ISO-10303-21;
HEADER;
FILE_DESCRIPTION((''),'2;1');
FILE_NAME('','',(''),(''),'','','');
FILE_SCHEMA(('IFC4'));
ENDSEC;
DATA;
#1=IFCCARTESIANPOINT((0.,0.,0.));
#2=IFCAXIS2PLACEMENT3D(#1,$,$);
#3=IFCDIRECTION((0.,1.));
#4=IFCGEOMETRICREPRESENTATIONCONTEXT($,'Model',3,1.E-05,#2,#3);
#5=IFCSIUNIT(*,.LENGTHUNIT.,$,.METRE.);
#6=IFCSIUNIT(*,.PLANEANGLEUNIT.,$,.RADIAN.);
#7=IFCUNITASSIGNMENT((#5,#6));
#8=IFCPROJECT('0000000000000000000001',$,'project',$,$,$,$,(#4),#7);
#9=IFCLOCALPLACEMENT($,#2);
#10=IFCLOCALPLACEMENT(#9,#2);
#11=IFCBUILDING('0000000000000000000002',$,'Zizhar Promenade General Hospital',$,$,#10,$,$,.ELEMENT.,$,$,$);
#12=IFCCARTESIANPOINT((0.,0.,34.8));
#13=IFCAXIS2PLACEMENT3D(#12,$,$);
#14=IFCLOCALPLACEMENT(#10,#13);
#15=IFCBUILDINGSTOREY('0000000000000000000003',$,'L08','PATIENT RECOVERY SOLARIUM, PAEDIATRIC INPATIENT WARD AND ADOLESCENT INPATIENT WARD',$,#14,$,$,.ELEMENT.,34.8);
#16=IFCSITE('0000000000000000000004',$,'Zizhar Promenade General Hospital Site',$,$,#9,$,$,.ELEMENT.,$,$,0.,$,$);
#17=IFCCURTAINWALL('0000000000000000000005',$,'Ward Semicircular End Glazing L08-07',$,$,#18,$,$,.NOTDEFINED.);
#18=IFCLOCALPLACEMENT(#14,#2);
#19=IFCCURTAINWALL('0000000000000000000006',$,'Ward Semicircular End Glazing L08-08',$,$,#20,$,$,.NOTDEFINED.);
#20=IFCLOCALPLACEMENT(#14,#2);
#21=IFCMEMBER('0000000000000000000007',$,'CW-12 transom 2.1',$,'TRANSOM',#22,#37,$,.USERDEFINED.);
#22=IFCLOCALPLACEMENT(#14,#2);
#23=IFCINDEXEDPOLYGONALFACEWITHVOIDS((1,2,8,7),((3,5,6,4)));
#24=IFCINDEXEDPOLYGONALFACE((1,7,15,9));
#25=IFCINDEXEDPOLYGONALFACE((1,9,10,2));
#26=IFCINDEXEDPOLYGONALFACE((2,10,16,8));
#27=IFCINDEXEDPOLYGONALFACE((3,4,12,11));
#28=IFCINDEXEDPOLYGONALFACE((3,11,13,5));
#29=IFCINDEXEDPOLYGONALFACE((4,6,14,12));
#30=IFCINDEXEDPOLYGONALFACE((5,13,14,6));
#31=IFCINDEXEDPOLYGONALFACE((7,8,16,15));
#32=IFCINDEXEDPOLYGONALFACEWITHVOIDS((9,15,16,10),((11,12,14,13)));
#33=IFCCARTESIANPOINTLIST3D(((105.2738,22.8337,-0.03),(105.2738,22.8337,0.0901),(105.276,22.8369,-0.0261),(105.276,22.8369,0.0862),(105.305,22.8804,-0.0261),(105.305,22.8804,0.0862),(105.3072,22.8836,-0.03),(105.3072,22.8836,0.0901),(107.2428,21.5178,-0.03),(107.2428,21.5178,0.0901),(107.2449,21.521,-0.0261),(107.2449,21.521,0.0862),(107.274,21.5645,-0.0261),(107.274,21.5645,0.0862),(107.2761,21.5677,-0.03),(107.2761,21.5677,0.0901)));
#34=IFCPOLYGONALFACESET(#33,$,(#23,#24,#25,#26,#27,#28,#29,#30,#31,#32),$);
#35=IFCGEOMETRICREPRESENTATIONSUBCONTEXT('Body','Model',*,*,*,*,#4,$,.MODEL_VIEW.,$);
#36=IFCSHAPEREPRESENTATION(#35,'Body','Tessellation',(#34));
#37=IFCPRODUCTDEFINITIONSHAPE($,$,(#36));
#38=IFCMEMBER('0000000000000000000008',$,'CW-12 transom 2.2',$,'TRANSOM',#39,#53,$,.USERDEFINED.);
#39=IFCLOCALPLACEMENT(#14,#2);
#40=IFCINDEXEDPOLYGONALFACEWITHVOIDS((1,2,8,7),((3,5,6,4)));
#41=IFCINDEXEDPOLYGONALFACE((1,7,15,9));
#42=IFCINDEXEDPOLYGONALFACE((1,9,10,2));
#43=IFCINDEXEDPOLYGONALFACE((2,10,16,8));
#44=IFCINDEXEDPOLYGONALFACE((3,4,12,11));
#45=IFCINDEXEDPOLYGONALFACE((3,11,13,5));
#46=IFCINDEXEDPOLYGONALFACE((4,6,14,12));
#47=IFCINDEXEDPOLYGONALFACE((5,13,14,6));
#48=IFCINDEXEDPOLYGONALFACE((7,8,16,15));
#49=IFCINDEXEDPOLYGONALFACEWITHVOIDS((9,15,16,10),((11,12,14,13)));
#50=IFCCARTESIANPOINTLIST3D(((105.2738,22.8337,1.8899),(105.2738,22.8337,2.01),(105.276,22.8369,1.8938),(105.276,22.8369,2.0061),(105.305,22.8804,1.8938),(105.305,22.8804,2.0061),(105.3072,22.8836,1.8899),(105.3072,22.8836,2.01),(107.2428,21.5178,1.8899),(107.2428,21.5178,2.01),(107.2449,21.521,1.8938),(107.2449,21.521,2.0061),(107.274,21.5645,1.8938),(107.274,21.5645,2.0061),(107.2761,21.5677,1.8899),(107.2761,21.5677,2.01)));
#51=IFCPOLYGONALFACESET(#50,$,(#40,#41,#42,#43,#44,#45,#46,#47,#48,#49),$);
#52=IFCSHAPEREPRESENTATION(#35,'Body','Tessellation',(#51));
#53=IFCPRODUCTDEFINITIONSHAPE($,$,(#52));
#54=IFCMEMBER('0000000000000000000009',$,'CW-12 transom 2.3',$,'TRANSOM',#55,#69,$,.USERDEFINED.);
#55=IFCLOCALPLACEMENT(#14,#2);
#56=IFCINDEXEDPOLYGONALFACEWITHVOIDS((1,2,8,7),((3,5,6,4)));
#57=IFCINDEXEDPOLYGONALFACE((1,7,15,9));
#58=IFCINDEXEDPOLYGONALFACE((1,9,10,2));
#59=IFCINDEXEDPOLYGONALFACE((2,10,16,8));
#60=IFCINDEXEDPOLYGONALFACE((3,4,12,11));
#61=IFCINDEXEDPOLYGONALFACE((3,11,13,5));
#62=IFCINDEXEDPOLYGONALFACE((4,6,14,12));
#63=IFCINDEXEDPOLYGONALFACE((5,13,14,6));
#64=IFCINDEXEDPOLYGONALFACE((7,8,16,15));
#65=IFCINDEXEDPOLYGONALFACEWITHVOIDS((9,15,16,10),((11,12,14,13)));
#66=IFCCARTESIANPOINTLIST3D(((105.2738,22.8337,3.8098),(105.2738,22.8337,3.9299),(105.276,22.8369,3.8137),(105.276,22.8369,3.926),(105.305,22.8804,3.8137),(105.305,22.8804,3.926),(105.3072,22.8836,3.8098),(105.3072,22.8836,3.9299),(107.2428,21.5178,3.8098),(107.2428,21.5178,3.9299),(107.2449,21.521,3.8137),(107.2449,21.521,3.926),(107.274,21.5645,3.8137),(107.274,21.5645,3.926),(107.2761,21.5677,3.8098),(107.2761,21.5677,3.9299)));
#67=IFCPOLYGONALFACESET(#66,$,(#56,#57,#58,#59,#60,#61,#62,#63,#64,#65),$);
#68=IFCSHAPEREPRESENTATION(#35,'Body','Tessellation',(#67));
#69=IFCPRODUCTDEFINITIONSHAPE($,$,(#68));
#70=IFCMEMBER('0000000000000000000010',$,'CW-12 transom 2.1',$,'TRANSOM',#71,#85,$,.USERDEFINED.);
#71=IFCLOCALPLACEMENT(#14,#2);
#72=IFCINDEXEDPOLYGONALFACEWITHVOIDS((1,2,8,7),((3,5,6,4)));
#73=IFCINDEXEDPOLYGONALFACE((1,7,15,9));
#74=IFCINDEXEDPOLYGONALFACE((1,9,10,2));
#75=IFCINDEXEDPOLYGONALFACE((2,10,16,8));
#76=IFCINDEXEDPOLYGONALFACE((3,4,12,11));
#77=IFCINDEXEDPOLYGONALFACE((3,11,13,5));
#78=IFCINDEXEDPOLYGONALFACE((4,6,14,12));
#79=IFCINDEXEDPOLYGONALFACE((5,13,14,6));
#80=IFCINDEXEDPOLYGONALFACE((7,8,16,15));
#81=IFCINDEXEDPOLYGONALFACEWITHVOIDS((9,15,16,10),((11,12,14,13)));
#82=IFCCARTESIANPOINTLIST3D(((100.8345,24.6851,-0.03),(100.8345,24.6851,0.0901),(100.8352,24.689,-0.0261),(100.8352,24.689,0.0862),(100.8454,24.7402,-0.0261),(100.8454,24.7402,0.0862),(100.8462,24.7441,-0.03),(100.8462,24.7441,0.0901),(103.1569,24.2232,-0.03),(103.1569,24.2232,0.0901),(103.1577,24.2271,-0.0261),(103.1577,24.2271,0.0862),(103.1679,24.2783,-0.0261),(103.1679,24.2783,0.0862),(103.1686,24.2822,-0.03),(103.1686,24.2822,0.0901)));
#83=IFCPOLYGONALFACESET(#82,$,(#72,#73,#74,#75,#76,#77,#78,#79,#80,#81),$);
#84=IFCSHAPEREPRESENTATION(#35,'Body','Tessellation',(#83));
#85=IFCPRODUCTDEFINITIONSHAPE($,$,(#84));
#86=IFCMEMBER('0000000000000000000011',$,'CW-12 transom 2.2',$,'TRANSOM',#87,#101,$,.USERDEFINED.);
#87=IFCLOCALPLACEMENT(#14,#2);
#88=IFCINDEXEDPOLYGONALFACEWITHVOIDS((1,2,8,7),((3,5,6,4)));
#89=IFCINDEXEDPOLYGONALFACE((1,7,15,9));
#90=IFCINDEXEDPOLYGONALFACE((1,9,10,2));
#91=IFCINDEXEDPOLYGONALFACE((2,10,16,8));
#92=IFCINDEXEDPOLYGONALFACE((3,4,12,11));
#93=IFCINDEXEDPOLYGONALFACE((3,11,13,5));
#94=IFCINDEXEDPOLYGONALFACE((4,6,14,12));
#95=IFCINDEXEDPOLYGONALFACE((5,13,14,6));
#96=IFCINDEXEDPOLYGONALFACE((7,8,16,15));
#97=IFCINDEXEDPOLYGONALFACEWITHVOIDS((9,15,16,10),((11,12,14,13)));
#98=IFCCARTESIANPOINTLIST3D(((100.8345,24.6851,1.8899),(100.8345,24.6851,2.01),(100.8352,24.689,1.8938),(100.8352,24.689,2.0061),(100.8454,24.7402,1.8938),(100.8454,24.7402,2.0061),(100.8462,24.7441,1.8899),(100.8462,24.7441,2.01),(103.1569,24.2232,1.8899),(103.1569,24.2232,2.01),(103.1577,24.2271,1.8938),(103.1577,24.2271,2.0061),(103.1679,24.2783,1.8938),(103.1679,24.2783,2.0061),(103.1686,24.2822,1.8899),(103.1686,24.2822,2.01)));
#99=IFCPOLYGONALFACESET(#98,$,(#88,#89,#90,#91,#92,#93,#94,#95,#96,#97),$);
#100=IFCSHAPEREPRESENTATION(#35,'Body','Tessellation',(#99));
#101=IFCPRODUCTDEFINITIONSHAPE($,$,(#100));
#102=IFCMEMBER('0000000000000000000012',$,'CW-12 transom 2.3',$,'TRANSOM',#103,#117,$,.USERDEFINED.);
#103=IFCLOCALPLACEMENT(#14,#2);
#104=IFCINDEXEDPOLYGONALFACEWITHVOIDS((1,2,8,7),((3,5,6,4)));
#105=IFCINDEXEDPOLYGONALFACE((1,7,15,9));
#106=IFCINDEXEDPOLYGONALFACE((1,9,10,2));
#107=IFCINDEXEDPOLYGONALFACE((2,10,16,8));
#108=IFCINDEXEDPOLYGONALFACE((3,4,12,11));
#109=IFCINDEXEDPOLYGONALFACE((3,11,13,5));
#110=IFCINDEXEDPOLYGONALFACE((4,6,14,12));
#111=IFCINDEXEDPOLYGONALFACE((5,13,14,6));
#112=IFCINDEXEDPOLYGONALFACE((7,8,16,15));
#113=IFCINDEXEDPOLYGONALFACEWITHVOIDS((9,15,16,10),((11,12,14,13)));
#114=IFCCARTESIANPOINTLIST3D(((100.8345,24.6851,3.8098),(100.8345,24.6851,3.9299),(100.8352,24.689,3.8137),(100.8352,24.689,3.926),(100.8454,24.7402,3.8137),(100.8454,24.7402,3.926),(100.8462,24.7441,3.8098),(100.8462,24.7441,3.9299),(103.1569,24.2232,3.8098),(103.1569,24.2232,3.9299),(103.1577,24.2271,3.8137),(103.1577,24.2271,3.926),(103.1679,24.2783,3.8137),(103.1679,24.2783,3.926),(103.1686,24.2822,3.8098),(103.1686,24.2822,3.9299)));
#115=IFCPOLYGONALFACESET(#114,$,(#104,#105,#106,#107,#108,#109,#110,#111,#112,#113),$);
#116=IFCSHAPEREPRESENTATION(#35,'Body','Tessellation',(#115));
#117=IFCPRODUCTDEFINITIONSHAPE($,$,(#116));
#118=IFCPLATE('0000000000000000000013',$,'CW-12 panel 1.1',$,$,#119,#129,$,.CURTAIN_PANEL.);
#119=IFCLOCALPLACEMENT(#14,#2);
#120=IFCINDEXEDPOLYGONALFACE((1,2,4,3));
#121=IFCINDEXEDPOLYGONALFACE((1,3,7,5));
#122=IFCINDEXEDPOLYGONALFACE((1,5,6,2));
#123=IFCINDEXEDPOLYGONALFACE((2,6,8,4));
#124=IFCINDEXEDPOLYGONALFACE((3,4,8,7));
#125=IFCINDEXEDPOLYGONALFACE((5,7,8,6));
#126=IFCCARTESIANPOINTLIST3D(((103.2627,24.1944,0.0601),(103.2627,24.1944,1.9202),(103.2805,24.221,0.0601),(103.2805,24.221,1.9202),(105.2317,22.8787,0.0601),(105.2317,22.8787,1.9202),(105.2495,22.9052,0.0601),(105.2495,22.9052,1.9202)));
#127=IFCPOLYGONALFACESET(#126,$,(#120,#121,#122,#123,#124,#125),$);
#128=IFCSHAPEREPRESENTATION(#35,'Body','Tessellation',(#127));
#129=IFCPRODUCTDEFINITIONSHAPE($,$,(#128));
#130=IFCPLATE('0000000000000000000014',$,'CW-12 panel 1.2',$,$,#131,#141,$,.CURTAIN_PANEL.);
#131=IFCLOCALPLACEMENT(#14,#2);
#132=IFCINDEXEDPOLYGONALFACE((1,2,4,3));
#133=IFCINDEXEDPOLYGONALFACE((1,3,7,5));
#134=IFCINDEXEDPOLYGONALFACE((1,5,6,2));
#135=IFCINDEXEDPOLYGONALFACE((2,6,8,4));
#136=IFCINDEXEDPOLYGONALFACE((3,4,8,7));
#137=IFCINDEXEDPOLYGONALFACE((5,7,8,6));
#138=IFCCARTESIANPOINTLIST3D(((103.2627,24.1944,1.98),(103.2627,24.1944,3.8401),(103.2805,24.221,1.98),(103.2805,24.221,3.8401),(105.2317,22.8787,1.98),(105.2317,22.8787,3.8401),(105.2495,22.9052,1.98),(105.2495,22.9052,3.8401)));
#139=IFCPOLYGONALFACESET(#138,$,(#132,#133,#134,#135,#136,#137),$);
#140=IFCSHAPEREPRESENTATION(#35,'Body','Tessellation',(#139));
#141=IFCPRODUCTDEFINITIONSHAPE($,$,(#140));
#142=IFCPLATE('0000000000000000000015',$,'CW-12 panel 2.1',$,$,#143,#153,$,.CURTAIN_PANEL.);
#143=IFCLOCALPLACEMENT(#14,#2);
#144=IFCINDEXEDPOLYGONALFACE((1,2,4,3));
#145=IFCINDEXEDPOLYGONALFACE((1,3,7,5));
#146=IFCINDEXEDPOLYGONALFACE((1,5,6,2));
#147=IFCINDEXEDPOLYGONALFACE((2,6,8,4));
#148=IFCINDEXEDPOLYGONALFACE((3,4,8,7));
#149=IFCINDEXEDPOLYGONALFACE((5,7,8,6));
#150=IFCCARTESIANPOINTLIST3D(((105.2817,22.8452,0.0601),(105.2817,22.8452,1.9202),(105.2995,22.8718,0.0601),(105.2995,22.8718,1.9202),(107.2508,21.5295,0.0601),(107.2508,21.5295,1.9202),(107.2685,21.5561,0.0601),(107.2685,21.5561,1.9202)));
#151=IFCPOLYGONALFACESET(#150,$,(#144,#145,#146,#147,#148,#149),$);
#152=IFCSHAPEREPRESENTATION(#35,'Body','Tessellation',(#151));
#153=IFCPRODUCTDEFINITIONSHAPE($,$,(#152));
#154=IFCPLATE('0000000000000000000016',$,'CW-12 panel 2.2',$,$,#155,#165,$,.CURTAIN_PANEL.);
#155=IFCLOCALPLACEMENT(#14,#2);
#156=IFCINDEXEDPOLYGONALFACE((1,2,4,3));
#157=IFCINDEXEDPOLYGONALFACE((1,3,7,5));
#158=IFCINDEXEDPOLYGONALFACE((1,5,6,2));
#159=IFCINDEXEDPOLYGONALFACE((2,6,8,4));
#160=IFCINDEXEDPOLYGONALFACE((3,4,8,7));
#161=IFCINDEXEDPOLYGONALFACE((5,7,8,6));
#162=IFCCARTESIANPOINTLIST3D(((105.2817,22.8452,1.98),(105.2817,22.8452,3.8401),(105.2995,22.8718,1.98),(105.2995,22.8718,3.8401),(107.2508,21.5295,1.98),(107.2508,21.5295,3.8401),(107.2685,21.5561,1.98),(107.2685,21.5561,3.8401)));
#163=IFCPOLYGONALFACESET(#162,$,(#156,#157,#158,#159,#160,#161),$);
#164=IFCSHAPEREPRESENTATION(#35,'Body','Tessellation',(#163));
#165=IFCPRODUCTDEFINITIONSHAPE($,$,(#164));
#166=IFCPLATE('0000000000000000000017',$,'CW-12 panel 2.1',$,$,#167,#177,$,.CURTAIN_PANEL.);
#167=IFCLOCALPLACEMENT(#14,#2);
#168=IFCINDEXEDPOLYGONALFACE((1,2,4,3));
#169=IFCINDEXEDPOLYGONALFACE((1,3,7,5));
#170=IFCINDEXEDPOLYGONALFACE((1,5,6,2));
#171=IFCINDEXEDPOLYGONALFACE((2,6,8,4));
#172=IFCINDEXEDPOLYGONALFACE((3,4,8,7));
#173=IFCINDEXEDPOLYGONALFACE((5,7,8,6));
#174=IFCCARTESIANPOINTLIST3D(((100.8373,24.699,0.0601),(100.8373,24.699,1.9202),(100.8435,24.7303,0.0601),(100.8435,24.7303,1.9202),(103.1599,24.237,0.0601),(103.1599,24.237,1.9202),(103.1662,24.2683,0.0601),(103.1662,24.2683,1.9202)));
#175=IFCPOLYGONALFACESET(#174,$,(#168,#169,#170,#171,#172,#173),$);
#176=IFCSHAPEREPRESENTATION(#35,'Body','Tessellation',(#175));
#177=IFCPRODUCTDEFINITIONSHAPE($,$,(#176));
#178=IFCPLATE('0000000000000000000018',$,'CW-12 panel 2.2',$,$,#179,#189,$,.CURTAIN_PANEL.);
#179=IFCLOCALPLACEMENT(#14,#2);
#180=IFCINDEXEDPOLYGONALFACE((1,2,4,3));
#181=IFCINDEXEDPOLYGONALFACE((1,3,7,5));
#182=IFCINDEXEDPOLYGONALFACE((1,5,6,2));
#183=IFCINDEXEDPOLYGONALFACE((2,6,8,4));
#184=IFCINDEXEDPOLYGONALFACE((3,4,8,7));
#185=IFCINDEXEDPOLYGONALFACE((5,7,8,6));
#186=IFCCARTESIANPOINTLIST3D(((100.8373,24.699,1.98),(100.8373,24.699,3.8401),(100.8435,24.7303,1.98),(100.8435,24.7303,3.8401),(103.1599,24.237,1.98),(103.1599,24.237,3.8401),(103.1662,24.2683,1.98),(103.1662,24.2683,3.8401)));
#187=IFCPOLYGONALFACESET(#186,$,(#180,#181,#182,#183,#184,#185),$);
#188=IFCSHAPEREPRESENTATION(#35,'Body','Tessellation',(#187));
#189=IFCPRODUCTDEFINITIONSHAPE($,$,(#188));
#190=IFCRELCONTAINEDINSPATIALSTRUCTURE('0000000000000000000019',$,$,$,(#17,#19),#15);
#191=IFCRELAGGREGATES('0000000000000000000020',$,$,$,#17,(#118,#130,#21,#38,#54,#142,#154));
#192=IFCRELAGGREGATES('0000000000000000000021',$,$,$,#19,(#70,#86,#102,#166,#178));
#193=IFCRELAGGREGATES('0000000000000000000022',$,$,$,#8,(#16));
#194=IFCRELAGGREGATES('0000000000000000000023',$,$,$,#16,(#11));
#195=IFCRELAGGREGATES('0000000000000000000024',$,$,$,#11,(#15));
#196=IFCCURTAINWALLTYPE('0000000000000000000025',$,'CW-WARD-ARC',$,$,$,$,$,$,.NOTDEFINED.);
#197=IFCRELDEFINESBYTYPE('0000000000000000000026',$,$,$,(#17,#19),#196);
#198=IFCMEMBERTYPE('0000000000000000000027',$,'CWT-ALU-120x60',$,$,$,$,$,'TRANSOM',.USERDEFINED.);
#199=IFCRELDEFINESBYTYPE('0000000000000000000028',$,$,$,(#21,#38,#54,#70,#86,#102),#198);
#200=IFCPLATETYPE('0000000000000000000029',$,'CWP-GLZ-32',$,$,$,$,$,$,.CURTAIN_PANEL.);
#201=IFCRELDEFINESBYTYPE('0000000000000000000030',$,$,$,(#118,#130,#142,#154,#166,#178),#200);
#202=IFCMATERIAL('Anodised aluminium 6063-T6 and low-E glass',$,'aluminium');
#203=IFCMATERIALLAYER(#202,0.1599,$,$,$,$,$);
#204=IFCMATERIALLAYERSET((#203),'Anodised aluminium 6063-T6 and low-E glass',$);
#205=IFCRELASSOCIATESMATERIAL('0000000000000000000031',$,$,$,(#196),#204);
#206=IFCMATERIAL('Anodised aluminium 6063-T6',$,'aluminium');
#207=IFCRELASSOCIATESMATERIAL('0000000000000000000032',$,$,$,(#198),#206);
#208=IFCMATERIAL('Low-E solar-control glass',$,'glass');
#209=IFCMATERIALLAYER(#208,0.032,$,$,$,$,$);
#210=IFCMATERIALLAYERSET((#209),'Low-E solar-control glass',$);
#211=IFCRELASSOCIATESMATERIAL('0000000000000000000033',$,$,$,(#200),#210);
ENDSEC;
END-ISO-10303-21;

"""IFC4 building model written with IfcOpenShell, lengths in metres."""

from ifc_helpers import new_model, si_unit, direction, frame, origin, origin_2d, place, context, subcontext, project, spatial, rectangle, hollow_rectangle, extrude, material, layer, layer_set, material_profile, profile_set, type_object, element, aggregate, save


model = new_model("IFC4")

# Units and contexts
model_context = context("Model", 3, precision=1e-05, world=origin(), true_north=direction((0.0, 1.0)))
body_context = subcontext(model_context, "Body", "Model", "MODEL_VIEW")
ifc_project = project(units=[si_unit("LENGTHUNIT", "METRE"), si_unit("PLANEANGLEUNIT", "RADIAN")], contexts=[model_context])

# Site, building, storey
site_placement = place(None, origin())
site = spatial("IfcSite", under=ifc_project, at=site_placement, Name="Zizhar Promenade General Hospital Site", CompositionType="ELEMENT", RefElevation=0.0)
building_placement = place(site_placement, origin())
building = spatial("IfcBuilding", under=site, at=building_placement, Name="Zizhar Promenade General Hospital", CompositionType="ELEMENT")
storey_placement = place(building_placement, frame((0.0, 0.0, 34.8)))
storey = spatial("IfcBuildingStorey", under=building, at=storey_placement, Name="L08", Description="PATIENT RECOVERY SOLARIUM, PAEDIATRIC INPATIENT WARD AND ADOLESCENT INPATIENT WARD", CompositionType="ELEMENT", Elevation=34.8)

# Shared definitions
ifc_material_1 = material(Name="Anodised aluminium 6063-T6 and low-E glass", Category="aluminium")
ifc_layer_1 = layer(ifc_material_1, 0.1599)
ifc_layer_set_1 = layer_set([ifc_layer_1], Name="Anodised aluminium 6063-T6 and low-E glass")
curtain_wall_type = type_object("IfcCurtainWallType", Name="CW-WARD-ARC", PredefinedType="NOTDEFINED", material=ifc_layer_set_1)

# Curtain walls
curtain_wall_1_placement = place(storey_placement, origin())
curtain_wall_1 = element("IfcCurtainWall", 1, at=curtain_wall_1_placement, inside=storey, type_object=curtain_wall_type, Name="Ward Semicircular End Glazing L08-07", PredefinedType="NOTDEFINED")
curtain_wall_2_placement = place(storey_placement, origin())
curtain_wall_2 = element("IfcCurtainWall", 2, at=curtain_wall_2_placement, inside=storey, type_object=curtain_wall_type, Name="Ward Semicircular End Glazing L08-08", PredefinedType="NOTDEFINED")

# Members
ifc_material_2 = material(Name="Anodised aluminium 6063-T6", Category="aluminium")
ifc_material_profile_1 = material_profile(ifc_material_2, hollow_rectangle(XDim=0.0601, YDim=0.1201, WallThickness=0.0039, at=origin_2d()))
ifc_profile_set_1 = profile_set([ifc_material_profile_1], Name="Anodised aluminium 6063-T6")
member_type_1 = type_object("IfcMemberType", Name="CWT-ALU-120x60", ElementType="TRANSOM", PredefinedType="USERDEFINED", material=ifc_profile_set_1)
member_1_placement = place(storey_placement, frame((105.2905, 22.8586, 0.03), z_axis=(0.831415, -0.555651, 0.0), x_axis=(0.555651, 0.831415, 0.0)))
member_1 = element("IfcMember", 3, at=member_1_placement, type_object=member_type_1, Name="CW-12 transom 2.1", ObjectType="TRANSOM", PredefinedType="USERDEFINED", context=body_context, shape_type="SweptSolid", body=[
    extrude(hollow_rectangle(XDim=0.0601, YDim=0.1201, WallThickness=0.0039, at=origin_2d()), origin(), (0.0, 0.0, 1.0), 2.3682),
])
member_2_placement = place(storey_placement, frame((105.2905, 22.8586, 1.95), z_axis=(0.831415, -0.555651, 0.0), x_axis=(0.555651, 0.831415, 0.0)))
member_2 = element("IfcMember", 4, at=member_2_placement, type_object=member_type_1, Name="CW-12 transom 2.2", ObjectType="TRANSOM", PredefinedType="USERDEFINED", context=body_context, shape_type="SweptSolid", body=[
    extrude(hollow_rectangle(XDim=0.0601, YDim=0.1201, WallThickness=0.0039, at=origin_2d()), origin(), (0.0, 0.0, 1.0), 2.3682),
])
member_3_placement = place(storey_placement, frame((105.2905, 22.8586, 3.8699), z_axis=(0.831415, -0.555651, 0.0), x_axis=(0.555651, 0.831415, 0.0)))
member_3 = element("IfcMember", 5, at=member_3_placement, type_object=member_type_1, Name="CW-12 transom 2.3", ObjectType="TRANSOM", PredefinedType="USERDEFINED", context=body_context, shape_type="SweptSolid", body=[
    extrude(hollow_rectangle(XDim=0.0601, YDim=0.1201, WallThickness=0.0039, at=origin_2d()), origin(), (0.0, 0.0, 1.0), 2.3682),
])
member_4_placement = place(storey_placement, frame((100.8403, 24.7146, 0.03), z_axis=(0.98079, -0.195065, 0.0), x_axis=(0.195065, 0.98079, 0.0)))
member_4 = element("IfcMember", 6, at=member_4_placement, type_object=member_type_1, Name="CW-12 transom 2.1", ObjectType="TRANSOM", PredefinedType="USERDEFINED", context=body_context, shape_type="SweptSolid", body=[
    extrude(hollow_rectangle(XDim=0.0601, YDim=0.1201, WallThickness=0.0039, at=origin_2d()), origin(), (0.0, 0.0, 1.0), 2.3679),
])
member_5_placement = place(storey_placement, frame((100.8403, 24.7146, 1.95), z_axis=(0.98079, -0.195065, 0.0), x_axis=(0.195065, 0.98079, 0.0)))
member_5 = element("IfcMember", 7, at=member_5_placement, type_object=member_type_1, Name="CW-12 transom 2.2", ObjectType="TRANSOM", PredefinedType="USERDEFINED", context=body_context, shape_type="SweptSolid", body=[
    extrude(hollow_rectangle(XDim=0.0601, YDim=0.1201, WallThickness=0.0039, at=origin_2d()), origin(), (0.0, 0.0, 1.0), 2.3679),
])
member_6_placement = place(storey_placement, frame((100.8403, 24.7146, 3.8699), z_axis=(0.98079, -0.195065, 0.0), x_axis=(0.195065, 0.98079, 0.0)))
member_6 = element("IfcMember", 8, at=member_6_placement, type_object=member_type_1, Name="CW-12 transom 2.3", ObjectType="TRANSOM", PredefinedType="USERDEFINED", context=body_context, shape_type="SweptSolid", body=[
    extrude(hollow_rectangle(XDim=0.0601, YDim=0.1201, WallThickness=0.0039, at=origin_2d()), origin(), (0.0, 0.0, 1.0), 2.3679),
])

# Plates
ifc_material_3 = material(Name="Low-E solar-control glass", Category="glass")
ifc_layer_2 = layer(ifc_material_3, 0.032)
ifc_layer_set_2 = layer_set([ifc_layer_2], Name="Low-E solar-control glass")
plate_type = type_object("IfcPlateType", Name="CWP-GLZ-32", PredefinedType="CURTAIN_PANEL", material=ifc_layer_set_2)
plate_1_placement = place(storey_placement, frame((104.2561, 23.5498, 0.0601), z_axis=(0.0, 0.0, 1.0), x_axis=(0.831462, -0.555582, 0.0)))
plate_1 = element("IfcPlate", 9, at=plate_1_placement, type_object=plate_type, Name="CW-12 panel 1.1", PredefinedType="CURTAIN_PANEL", context=body_context, shape_type="SweptSolid", body=[
    extrude(rectangle(XDim=2.3682, YDim=0.032, at=origin_2d()), origin(), (0.0, 0.0, 1.0), 1.8601),
])
plate_2_placement = place(storey_placement, frame((104.2561, 23.5498, 1.98), z_axis=(0.0, 0.0, 1.0), x_axis=(0.831462, -0.555582, 0.0)))
plate_2 = element("IfcPlate", 10, at=plate_2_placement, type_object=plate_type, Name="CW-12 panel 1.2", PredefinedType="CURTAIN_PANEL", context=body_context, shape_type="SweptSolid", body=[
    extrude(rectangle(XDim=2.3682, YDim=0.032, at=origin_2d()), origin(), (0.0, 0.0, 1.0), 1.8601),
])
plate_3_placement = place(storey_placement, frame((106.2751, 22.2007, 0.0601), z_axis=(0.0, 0.0, 1.0), x_axis=(0.831462, -0.555582, 0.0)))
plate_3 = element("IfcPlate", 11, at=plate_3_placement, type_object=plate_type, Name="CW-12 panel 2.1", PredefinedType="CURTAIN_PANEL", context=body_context, shape_type="SweptSolid", body=[
    extrude(rectangle(XDim=2.3682, YDim=0.032, at=origin_2d()), origin(), (0.0, 0.0, 1.0), 1.8601),
])
plate_4_placement = place(storey_placement, frame((106.2751, 22.2007, 1.98), z_axis=(0.0, 0.0, 1.0), x_axis=(0.831462, -0.555582, 0.0)))
plate_4 = element("IfcPlate", 12, at=plate_4_placement, type_object=plate_type, Name="CW-12 panel 2.2", PredefinedType="CURTAIN_PANEL", context=body_context, shape_type="SweptSolid", body=[
    extrude(rectangle(XDim=2.3682, YDim=0.032, at=origin_2d()), origin(), (0.0, 0.0, 1.0), 1.8601),
])
aggregate(curtain_wall_1, [plate_1, plate_2, member_1, member_2, member_3, plate_3, plate_4])
plate_5_placement = place(storey_placement, frame((102.0017, 24.4836, 0.0601), z_axis=(0.0, 0.0, 1.0), x_axis=(0.980786, -0.195087, 0.0)))
plate_5 = element("IfcPlate", 13, at=plate_5_placement, type_object=plate_type, Name="CW-12 panel 2.1", PredefinedType="CURTAIN_PANEL", context=body_context, shape_type="SweptSolid", body=[
    extrude(rectangle(XDim=2.3682, YDim=0.032, at=origin_2d()), origin(), (0.0, 0.0, 1.0), 1.8601),
])
plate_6_placement = place(storey_placement, frame((102.0017, 24.4836, 1.98), z_axis=(0.0, 0.0, 1.0), x_axis=(0.980786, -0.195087, 0.0)))
plate_6 = element("IfcPlate", 14, at=plate_6_placement, type_object=plate_type, Name="CW-12 panel 2.2", PredefinedType="CURTAIN_PANEL", context=body_context, shape_type="SweptSolid", body=[
    extrude(rectangle(XDim=2.3682, YDim=0.032, at=origin_2d()), origin(), (0.0, 0.0, 1.0), 1.8601),
])
aggregate(curtain_wall_2, [member_4, member_5, member_6, plate_5, plate_6])

save(model, "model.ifc")
